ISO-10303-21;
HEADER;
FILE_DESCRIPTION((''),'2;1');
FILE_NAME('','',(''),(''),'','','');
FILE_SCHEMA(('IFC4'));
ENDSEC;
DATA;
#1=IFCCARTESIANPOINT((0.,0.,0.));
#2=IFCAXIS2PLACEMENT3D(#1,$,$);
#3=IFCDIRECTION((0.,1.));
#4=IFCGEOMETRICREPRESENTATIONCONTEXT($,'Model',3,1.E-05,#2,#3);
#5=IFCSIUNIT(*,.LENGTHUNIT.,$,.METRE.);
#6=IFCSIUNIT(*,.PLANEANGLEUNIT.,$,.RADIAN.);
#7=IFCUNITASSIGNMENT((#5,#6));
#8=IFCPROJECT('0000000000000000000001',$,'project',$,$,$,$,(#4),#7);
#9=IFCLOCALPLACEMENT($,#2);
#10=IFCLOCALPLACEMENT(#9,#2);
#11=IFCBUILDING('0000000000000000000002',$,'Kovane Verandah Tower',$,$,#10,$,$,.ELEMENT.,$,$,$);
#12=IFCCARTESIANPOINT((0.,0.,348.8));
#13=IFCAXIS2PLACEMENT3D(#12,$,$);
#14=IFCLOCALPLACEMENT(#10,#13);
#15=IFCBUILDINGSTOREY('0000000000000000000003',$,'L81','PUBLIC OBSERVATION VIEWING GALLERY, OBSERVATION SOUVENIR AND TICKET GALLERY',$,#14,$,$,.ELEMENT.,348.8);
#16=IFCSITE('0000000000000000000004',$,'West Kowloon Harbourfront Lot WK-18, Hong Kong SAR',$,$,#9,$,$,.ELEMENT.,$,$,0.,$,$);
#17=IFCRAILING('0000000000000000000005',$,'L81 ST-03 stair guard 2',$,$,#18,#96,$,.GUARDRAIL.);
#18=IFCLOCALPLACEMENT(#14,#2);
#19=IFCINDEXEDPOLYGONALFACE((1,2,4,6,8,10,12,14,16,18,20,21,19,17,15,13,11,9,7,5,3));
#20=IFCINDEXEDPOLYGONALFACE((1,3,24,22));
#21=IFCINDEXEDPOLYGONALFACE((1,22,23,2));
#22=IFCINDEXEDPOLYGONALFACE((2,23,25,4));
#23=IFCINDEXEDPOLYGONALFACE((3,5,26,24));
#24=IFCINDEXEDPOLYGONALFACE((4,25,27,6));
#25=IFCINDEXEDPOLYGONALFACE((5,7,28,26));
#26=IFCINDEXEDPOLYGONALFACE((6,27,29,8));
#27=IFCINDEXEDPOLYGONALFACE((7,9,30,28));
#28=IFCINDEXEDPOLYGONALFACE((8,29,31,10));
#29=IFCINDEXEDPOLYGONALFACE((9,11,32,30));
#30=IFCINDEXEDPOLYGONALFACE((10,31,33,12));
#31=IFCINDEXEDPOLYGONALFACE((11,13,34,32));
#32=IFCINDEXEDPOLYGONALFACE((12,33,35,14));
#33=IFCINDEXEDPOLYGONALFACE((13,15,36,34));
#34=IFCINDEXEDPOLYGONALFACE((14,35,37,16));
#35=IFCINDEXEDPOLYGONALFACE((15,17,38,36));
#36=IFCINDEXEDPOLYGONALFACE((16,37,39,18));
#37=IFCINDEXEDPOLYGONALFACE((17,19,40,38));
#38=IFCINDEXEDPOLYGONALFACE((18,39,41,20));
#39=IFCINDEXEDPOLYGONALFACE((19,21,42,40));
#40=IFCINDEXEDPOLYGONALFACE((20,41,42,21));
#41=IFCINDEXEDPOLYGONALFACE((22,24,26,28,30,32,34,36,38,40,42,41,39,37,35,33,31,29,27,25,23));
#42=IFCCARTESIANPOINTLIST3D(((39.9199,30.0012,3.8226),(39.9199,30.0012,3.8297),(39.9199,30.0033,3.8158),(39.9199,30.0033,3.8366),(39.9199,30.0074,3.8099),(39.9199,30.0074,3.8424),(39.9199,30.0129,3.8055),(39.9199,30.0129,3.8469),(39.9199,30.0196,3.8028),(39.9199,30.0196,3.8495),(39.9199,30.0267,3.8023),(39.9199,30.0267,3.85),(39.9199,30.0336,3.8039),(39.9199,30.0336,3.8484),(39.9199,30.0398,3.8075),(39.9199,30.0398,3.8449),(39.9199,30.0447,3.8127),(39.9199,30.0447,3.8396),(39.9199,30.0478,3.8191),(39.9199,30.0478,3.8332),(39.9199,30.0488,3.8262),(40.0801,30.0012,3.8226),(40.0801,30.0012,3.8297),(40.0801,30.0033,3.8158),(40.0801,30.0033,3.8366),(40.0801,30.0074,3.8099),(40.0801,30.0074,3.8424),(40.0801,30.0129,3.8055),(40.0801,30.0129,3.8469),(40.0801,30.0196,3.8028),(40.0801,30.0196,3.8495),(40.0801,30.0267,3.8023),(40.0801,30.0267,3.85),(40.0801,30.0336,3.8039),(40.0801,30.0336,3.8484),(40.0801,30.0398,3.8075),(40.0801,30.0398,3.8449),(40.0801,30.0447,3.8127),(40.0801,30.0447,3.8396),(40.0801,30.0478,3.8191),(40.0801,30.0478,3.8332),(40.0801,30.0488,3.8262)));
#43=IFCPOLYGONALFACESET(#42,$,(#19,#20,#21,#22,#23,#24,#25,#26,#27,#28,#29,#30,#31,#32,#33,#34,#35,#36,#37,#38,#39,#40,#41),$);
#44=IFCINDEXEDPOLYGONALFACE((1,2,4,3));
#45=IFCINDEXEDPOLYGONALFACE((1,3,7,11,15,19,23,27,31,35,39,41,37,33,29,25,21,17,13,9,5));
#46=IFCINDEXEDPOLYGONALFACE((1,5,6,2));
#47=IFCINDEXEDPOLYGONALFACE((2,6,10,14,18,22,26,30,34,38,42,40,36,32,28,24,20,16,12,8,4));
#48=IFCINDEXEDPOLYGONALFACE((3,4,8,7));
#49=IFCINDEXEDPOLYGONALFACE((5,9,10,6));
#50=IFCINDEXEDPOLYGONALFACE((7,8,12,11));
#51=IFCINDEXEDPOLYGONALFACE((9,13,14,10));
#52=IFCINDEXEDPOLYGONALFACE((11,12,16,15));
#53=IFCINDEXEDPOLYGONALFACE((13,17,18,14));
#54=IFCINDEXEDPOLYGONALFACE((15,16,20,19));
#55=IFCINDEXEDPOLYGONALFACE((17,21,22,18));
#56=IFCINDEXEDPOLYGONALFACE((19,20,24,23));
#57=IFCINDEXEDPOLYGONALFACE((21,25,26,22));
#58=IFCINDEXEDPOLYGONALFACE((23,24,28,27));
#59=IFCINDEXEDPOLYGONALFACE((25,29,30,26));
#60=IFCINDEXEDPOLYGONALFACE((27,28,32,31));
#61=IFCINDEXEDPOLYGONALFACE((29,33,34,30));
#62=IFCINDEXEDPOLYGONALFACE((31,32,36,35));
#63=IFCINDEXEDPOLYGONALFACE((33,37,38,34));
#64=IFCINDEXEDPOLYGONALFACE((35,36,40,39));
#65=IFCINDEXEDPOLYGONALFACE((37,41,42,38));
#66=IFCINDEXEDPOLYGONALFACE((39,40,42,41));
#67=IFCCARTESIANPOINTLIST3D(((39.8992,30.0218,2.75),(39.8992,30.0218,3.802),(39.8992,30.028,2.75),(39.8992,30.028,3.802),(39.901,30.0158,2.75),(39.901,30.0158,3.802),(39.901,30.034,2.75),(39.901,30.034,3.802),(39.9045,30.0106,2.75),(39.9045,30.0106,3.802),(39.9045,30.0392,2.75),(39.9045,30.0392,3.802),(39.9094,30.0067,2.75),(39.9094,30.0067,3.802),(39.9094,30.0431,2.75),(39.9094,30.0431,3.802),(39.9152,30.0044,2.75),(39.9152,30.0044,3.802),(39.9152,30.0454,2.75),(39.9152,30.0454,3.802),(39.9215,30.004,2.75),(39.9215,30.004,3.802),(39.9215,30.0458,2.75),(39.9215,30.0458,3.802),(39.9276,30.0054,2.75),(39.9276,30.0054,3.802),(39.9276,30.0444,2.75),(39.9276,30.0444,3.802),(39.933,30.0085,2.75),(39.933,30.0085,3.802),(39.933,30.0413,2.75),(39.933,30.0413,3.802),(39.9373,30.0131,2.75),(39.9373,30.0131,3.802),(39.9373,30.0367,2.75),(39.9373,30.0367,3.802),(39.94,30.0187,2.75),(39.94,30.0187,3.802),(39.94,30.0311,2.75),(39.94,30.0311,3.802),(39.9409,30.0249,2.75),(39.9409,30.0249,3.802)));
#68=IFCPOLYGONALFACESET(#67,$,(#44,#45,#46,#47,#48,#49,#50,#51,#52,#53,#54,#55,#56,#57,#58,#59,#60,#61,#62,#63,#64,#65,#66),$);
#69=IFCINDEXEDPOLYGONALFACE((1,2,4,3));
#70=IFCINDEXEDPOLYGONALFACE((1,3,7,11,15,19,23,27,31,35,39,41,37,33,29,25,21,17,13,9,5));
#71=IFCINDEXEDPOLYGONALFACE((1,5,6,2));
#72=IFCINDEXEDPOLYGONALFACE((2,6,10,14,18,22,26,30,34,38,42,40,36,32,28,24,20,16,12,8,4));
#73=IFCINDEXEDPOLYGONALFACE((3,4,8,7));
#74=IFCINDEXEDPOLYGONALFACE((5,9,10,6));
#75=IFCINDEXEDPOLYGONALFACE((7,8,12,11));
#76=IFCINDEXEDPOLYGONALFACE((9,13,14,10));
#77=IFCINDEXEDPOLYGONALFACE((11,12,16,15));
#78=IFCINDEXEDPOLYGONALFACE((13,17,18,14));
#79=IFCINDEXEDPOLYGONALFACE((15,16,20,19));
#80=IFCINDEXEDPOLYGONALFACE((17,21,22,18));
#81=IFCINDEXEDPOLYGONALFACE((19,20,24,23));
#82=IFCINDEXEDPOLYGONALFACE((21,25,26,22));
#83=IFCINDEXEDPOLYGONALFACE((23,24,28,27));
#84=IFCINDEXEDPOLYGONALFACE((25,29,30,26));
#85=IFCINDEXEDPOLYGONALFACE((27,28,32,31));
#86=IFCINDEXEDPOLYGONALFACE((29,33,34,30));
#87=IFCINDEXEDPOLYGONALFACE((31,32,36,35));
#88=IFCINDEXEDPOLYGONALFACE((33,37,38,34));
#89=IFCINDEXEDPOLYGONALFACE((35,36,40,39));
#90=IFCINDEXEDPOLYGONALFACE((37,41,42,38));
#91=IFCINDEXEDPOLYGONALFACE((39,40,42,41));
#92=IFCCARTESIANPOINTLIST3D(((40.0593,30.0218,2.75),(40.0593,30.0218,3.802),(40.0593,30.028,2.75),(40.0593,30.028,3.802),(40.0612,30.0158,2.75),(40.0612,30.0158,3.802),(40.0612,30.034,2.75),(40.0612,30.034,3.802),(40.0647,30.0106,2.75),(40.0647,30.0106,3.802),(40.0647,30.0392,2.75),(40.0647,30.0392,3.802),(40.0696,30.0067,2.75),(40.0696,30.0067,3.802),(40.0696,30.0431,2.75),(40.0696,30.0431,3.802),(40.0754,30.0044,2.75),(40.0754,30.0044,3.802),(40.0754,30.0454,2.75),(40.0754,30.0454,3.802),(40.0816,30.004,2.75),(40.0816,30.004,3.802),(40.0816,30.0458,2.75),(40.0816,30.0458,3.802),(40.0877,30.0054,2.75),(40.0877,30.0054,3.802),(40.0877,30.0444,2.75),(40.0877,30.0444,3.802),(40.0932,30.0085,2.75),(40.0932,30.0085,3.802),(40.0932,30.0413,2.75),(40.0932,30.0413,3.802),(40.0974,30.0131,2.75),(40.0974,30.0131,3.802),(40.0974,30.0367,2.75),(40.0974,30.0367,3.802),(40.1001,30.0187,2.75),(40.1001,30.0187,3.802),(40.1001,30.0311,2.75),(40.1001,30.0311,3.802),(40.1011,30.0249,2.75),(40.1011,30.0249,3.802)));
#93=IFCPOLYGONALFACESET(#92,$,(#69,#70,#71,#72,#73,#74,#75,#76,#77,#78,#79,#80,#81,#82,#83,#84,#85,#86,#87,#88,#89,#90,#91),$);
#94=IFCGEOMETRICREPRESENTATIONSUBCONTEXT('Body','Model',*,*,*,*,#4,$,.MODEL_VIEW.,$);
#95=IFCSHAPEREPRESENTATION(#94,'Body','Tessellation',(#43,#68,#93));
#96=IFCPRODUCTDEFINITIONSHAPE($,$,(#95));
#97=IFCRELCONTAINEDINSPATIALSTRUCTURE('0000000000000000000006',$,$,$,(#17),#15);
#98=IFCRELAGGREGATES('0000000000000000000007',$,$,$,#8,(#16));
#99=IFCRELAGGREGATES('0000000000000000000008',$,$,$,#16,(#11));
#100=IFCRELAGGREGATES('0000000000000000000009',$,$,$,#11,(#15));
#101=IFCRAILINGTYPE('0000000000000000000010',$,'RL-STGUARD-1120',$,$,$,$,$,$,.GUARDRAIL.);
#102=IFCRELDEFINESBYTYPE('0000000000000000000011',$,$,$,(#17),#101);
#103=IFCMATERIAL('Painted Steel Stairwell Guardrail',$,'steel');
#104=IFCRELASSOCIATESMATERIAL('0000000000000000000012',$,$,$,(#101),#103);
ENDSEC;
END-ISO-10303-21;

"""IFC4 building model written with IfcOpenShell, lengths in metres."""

from ifc_helpers import new_model, si_unit, direction, frame, origin, origin_2d, place, context, subcontext, project, spatial, circle, extrude, material, type_object, element, save


model = new_model("IFC4")

# Units and contexts
model_context = context("Model", 3, precision=1e-05, world=origin(), true_north=direction((0.0, 1.0)))
body_context = subcontext(model_context, "Body", "Model", "MODEL_VIEW")
ifc_project = project(units=[si_unit("LENGTHUNIT", "METRE"), si_unit("PLANEANGLEUNIT", "RADIAN")], contexts=[model_context])

# Site, building, storey
site_placement = place(None, origin())
site = spatial("IfcSite", under=ifc_project, at=site_placement, Name="West Kowloon Harbourfront Lot WK-18, Hong Kong SAR", CompositionType="ELEMENT", RefElevation=0.0)
building_placement = place(site_placement, origin())
building = spatial("IfcBuilding", under=site, at=building_placement, Name="Kovane Verandah Tower", CompositionType="ELEMENT")
storey_placement = place(building_placement, frame((0.0, 0.0, 348.8)))
storey = spatial("IfcBuildingStorey", under=building, at=storey_placement, Name="L81", Description="PUBLIC OBSERVATION VIEWING GALLERY, OBSERVATION SOUVENIR AND TICKET GALLERY", CompositionType="ELEMENT", Elevation=348.8)

# Railing
ifc_material_1 = material(Name="Painted Steel Stairwell Guardrail", Category="steel")
railing_type_1 = type_object("IfcRailingType", Name="RL-STGUARD-1120", PredefinedType="GUARDRAIL", material=ifc_material_1)
railing_1_placement = place(storey_placement, frame((39.9199, 30.0249, 2.75)))
element("IfcRailing", 1, at=railing_1_placement, inside=storey, type_object=railing_type_1, Name="L81 ST-03 stair guard 2", PredefinedType="GUARDRAIL", context=body_context, shape_type="SweptSolid", body=[
    extrude(circle(Radius=0.0239, at=origin_2d()), frame((0.0, 0.0, 1.0762), z_axis=(1.0, 0.0, 0.0), x_axis=(0.0, 1.0, 0.0)), (0.0, 0.0, 1.0), 0.1602),
    extrude(circle(Radius=0.021, at=origin_2d()), origin(), (0.0, 0.0, 1.0), 1.052),
    extrude(circle(Radius=0.021, at=origin_2d()), frame((0.1602, 0.0, 0.0)), (0.0, 0.0, 1.0), 1.052),
])

save(model, "model.ifc")
